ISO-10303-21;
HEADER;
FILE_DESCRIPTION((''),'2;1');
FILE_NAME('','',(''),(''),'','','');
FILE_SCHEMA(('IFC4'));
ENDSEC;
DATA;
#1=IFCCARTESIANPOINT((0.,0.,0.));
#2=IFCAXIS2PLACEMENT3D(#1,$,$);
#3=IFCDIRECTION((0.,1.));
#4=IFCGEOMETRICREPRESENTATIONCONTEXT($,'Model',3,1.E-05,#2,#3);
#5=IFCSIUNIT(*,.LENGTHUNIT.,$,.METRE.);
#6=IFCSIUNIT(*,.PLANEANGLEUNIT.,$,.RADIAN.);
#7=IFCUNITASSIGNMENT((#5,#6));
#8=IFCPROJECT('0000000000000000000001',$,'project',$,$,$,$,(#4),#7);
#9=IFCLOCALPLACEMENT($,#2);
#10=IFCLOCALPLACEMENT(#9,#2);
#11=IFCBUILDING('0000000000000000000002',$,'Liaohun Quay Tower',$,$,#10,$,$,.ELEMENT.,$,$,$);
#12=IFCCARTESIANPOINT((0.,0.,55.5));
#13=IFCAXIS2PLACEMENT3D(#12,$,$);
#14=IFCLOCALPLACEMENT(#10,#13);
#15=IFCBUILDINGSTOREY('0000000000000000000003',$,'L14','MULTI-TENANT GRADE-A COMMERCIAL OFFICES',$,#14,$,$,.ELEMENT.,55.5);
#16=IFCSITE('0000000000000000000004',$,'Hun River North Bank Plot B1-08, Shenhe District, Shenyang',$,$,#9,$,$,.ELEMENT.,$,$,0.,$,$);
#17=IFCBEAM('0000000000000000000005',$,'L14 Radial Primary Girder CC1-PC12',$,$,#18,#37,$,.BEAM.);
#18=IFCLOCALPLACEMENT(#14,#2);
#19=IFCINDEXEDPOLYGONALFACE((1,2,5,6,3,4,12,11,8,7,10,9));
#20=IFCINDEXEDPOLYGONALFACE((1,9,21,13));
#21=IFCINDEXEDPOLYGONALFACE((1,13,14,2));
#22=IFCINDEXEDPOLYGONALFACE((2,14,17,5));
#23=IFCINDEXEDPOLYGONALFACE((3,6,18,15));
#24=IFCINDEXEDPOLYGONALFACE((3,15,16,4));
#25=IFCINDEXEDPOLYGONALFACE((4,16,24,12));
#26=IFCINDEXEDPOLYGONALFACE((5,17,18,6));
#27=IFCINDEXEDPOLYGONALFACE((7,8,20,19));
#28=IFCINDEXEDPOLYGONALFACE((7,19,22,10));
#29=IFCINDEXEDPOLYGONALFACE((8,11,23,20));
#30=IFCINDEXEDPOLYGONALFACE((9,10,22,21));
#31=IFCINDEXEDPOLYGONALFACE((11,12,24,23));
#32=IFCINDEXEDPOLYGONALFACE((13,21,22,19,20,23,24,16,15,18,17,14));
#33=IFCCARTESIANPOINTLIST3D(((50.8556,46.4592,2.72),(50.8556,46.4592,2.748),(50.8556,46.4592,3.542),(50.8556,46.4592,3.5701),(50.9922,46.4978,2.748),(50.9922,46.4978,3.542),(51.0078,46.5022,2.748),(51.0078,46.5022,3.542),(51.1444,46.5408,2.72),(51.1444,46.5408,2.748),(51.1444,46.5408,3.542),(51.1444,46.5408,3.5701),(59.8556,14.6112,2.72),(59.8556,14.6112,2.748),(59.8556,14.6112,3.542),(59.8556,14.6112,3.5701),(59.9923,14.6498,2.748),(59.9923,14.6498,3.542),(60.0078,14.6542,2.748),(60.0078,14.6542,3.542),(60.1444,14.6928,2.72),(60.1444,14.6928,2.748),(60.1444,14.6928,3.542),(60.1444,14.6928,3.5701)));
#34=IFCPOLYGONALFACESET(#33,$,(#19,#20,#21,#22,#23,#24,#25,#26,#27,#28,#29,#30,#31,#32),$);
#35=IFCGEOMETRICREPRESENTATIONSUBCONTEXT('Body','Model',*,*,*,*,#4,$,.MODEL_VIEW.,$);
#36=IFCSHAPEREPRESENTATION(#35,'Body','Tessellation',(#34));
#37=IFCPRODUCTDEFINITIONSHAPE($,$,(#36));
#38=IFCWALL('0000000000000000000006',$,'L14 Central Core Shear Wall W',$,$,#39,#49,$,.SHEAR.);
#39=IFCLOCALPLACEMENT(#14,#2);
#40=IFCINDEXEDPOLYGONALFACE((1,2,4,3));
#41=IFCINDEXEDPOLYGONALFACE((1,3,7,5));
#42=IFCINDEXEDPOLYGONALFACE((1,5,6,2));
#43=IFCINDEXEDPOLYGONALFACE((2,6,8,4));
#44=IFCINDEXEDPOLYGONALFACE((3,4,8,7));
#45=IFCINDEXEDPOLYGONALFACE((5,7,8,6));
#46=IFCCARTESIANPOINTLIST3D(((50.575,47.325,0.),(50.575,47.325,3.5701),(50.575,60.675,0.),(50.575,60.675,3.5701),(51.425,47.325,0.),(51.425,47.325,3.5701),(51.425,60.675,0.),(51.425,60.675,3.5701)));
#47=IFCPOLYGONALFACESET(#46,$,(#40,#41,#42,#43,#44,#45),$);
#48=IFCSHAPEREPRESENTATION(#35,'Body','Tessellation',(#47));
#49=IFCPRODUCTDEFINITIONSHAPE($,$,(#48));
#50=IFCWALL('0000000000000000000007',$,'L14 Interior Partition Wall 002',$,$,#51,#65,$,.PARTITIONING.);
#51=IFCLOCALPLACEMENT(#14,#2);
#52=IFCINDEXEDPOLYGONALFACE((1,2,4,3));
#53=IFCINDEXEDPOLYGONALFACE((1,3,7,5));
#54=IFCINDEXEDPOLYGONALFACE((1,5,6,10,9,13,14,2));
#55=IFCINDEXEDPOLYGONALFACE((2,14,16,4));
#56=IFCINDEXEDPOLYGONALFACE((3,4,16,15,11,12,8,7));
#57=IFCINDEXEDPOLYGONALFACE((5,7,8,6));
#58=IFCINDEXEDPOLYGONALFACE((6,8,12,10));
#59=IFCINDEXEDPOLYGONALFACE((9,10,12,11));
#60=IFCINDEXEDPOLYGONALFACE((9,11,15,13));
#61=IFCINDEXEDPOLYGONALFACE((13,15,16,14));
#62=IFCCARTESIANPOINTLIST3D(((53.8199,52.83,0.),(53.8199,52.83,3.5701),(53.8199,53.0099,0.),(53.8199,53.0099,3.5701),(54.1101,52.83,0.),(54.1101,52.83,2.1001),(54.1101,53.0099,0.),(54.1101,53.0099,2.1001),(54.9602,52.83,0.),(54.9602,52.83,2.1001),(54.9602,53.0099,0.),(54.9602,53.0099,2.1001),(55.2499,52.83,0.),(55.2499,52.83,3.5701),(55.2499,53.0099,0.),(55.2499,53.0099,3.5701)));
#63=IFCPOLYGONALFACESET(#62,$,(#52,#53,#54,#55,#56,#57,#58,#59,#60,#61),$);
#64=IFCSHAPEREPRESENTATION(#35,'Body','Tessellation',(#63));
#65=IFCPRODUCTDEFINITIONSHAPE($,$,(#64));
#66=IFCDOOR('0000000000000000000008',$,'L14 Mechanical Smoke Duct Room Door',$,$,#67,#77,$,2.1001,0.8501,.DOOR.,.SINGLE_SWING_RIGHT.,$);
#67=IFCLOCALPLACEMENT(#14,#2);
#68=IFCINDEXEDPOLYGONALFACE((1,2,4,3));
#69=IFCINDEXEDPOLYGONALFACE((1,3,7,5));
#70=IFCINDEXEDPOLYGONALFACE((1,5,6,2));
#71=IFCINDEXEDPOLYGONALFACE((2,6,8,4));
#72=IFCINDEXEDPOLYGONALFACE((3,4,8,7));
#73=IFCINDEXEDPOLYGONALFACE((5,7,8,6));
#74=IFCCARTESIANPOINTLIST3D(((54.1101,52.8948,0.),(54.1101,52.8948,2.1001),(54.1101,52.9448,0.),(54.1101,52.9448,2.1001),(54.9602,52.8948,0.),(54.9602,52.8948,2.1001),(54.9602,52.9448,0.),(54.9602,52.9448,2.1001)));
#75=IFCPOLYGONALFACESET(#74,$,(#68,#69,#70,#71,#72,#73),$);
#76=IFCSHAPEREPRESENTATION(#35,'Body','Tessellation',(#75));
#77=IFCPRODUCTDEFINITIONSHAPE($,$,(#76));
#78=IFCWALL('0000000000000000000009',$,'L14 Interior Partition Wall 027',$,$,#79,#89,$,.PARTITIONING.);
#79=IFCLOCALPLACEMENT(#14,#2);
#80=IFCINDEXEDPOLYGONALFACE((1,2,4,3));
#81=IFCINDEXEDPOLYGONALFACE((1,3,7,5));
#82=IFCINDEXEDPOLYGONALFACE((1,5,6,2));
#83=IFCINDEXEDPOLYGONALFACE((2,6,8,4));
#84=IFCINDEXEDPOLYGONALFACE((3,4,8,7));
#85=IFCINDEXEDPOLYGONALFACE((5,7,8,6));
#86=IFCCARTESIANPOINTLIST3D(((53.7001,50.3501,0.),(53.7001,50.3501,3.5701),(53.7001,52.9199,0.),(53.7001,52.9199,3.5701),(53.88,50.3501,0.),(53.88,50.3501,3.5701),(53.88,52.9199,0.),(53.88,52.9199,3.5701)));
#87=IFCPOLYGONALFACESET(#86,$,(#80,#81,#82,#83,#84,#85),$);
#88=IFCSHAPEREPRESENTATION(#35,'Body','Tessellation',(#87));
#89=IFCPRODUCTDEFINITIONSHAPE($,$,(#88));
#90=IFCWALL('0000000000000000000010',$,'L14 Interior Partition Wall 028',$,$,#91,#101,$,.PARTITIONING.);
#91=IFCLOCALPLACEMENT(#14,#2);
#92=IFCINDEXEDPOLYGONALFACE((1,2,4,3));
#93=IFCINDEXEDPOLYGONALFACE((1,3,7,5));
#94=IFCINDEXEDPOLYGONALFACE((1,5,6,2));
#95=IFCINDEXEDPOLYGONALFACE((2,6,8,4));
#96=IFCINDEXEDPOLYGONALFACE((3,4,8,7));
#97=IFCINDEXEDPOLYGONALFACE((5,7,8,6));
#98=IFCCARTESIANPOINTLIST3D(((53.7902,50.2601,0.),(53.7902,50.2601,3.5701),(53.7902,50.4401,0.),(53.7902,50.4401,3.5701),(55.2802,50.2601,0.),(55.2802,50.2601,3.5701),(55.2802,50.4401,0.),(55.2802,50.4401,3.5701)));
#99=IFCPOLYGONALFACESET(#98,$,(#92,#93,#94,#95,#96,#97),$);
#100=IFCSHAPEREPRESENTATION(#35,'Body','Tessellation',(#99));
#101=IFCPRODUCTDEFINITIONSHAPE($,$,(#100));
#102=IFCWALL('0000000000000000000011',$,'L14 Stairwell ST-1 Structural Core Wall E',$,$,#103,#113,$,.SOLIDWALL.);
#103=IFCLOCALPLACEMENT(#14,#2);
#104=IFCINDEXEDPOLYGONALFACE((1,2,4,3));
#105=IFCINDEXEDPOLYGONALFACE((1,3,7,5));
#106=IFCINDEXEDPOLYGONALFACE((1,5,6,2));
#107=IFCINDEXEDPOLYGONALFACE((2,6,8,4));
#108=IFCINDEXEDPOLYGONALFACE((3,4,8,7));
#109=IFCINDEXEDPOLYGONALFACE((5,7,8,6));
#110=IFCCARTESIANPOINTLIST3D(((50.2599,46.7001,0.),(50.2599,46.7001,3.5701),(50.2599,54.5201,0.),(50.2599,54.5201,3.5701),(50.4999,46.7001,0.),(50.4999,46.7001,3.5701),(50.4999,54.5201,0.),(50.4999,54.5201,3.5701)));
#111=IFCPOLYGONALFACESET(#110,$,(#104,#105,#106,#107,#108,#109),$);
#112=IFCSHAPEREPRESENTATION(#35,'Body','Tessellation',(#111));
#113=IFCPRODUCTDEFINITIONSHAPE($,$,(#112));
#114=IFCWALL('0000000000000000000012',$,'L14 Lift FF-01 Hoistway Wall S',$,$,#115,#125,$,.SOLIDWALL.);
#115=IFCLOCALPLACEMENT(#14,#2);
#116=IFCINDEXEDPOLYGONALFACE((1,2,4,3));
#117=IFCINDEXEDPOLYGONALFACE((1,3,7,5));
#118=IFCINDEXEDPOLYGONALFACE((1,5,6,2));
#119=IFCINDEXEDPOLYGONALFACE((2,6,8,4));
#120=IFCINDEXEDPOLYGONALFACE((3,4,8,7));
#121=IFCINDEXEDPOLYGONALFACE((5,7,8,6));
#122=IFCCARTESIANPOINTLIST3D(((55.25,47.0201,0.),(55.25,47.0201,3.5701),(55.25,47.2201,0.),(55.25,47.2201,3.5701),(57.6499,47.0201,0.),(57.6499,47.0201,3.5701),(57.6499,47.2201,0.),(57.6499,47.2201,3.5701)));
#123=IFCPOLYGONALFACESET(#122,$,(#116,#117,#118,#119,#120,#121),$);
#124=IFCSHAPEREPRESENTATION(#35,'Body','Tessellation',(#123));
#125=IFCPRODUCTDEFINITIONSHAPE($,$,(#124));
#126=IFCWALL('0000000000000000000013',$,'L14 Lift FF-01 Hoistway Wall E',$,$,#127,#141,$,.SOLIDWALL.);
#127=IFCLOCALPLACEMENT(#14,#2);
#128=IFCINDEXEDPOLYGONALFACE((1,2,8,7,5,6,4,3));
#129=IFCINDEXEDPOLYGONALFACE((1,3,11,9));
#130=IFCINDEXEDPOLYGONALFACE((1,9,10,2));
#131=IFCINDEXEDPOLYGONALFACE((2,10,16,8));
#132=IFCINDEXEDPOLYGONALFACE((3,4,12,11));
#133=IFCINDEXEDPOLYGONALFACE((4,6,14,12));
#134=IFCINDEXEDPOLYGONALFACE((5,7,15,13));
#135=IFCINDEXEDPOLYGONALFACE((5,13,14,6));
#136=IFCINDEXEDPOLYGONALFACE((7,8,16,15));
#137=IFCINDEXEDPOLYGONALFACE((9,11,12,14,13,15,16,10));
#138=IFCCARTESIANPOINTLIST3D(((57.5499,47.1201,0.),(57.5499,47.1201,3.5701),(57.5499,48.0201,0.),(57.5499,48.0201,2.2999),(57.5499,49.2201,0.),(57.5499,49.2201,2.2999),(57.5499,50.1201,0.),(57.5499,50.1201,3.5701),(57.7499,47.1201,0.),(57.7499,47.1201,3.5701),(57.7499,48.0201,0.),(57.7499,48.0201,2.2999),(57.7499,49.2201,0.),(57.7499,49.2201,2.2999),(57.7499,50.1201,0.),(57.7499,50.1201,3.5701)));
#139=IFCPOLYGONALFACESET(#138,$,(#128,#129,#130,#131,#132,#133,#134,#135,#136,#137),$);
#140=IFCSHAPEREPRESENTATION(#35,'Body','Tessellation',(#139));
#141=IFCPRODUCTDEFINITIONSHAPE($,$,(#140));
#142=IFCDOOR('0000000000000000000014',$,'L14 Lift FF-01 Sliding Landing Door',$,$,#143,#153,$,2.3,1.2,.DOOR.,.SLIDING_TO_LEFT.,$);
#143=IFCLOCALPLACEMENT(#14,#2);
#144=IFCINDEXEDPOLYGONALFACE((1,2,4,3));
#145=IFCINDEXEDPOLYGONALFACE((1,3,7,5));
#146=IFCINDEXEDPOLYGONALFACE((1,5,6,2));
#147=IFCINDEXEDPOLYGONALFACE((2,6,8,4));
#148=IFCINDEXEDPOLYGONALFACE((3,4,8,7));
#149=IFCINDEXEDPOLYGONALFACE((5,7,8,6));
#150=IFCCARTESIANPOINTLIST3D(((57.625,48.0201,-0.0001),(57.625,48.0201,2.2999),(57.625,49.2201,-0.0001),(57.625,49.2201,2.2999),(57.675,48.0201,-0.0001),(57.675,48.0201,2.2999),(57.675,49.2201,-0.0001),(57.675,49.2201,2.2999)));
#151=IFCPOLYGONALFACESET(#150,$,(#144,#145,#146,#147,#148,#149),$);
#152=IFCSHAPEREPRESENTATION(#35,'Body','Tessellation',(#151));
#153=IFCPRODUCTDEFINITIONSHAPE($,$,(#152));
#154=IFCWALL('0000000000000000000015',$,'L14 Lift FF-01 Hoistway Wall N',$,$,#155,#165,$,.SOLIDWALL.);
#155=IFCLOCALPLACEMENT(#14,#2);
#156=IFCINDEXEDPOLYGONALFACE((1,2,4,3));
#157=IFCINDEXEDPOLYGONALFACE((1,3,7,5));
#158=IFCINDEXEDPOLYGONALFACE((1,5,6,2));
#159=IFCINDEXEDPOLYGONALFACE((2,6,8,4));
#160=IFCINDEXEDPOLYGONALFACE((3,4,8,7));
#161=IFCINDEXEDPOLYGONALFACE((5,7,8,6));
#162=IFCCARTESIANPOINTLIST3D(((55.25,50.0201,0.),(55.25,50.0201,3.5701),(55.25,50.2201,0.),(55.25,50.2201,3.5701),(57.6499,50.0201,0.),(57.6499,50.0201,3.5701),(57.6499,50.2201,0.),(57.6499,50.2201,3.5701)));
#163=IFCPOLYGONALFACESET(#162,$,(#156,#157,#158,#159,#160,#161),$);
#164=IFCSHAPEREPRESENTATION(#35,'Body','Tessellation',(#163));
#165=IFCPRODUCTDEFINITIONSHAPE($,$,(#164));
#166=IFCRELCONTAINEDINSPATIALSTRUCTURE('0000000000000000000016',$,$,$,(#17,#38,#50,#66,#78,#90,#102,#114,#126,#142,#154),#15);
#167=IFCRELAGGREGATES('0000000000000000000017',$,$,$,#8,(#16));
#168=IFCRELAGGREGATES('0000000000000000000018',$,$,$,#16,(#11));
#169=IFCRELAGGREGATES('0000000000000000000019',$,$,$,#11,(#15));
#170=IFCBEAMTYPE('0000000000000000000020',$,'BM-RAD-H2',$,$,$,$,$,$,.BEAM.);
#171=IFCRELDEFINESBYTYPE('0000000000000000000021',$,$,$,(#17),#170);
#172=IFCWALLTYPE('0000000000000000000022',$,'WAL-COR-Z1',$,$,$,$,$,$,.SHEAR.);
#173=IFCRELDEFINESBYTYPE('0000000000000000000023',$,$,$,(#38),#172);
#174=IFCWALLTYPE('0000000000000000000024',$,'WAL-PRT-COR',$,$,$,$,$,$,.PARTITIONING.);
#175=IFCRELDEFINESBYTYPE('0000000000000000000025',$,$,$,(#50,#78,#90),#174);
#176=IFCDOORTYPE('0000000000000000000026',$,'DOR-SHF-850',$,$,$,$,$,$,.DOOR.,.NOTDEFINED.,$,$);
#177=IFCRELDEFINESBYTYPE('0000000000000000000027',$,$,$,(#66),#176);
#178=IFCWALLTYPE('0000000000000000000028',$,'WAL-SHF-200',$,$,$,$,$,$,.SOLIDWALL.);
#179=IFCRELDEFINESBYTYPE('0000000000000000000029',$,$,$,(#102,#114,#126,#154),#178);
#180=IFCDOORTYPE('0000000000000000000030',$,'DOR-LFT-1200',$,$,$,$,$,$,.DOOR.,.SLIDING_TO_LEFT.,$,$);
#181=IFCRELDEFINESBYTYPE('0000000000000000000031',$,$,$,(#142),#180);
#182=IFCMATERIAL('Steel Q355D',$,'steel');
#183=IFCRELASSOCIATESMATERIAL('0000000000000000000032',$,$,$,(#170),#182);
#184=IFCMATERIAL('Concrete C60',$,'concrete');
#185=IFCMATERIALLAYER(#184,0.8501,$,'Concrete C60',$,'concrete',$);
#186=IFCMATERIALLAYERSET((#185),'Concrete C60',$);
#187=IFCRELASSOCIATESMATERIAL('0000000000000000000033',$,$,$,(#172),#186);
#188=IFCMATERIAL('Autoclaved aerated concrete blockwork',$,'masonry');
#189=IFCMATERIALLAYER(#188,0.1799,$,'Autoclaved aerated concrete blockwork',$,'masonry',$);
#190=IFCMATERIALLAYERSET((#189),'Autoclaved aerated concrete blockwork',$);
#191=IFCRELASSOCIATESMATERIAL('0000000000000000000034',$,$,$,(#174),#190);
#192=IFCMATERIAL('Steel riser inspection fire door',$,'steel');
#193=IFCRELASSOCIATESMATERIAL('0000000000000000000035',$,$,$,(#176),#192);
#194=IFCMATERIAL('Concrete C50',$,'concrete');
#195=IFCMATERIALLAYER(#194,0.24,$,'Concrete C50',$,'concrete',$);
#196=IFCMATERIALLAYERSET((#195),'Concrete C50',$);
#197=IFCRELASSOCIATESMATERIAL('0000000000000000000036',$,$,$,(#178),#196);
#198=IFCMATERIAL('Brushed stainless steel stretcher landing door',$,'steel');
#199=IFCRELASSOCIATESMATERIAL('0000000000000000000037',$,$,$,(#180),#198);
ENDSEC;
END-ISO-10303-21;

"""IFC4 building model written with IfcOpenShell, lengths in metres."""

from ifc_helpers import new_model, si_unit, direction, frame, frame_2d, origin, origin_2d, place, context, subcontext, project, spatial, rectangle, i_section, extrude, source, transform, mapped, material, layer, layer_set, material_profile, profile_set, type_object, element, fill, save


model = new_model("IFC4")

# Units and contexts
model_context = context("Model", 3, precision=1e-05, world=origin(), true_north=direction((0.0, 1.0)))
body_context = subcontext(model_context, "Body", "Model", "MODEL_VIEW")
ifc_project = project(units=[si_unit("LENGTHUNIT", "METRE"), si_unit("PLANEANGLEUNIT", "RADIAN")], contexts=[model_context])

# Site, building, storey
site_placement = place(None, origin())
site = spatial("IfcSite", under=ifc_project, at=site_placement, Name="Hun River North Bank Plot B1-08, Shenhe District, Shenyang", CompositionType="ELEMENT", RefElevation=0.0)
building_placement = place(site_placement, origin())
building = spatial("IfcBuilding", under=site, at=building_placement, Name="Liaohun Quay Tower", CompositionType="ELEMENT")
storey_placement = place(building_placement, frame((0.0, 0.0, 55.5)))
storey = spatial("IfcBuildingStorey", under=building, at=storey_placement, Name="L14", Description="MULTI-TENANT GRADE-A COMMERCIAL OFFICES", CompositionType="ELEMENT", Elevation=55.5)

# Beam
ifc_material_1 = material(Name="Steel Q355D", Category="steel")
ifc_material_profile = material_profile(ifc_material_1, i_section(OverallWidth=0.3, OverallDepth=0.8501, WebThickness=0.0161, FlangeThickness=0.0281, at=origin_2d()), Name="HN850x300x16x28")
ifc_profile_set = profile_set([ifc_material_profile], Name="Steel Q355D")
beam_type = type_object("IfcBeamType", Name="BM-RAD-H2", PredefinedType="BEAM", material=ifc_profile_set)
shared_shape_1 = source(origin(), body_context, "Body", "SweptSolid", [
    extrude(i_section(OverallWidth=0.3, OverallDepth=0.8501, WebThickness=0.0161, FlangeThickness=0.0281, at=origin_2d()), origin(), (0.0, 0.0, 1.0), 33.0952),
])
beam_placement = place(storey_placement, frame((51.0, 46.5, 3.145), z_axis=(0.271943, -0.962313, 0.0), x_axis=(0.962313, 0.271943, 0.0)))
element("IfcBeam", 1, at=beam_placement, inside=storey, type_object=beam_type, Name="L14 Radial Primary Girder CC1-PC12", PredefinedType="BEAM", context=body_context, shape_type="MappedRepresentation", body=[
    mapped(shared_shape_1, transform((0.0, 0.0, 0.0), x_axis=(1.0, 0.0, 0.0), y_axis=(0.0, 1.0, 0.0), z_axis=(0.0, 0.0, 1.0), scale=1.0)),
])

# Wall
ifc_material_2 = material(Name="Concrete C60", Category="concrete")
ifc_layer_1 = layer(ifc_material_2, 0.8501, Name="Concrete C60", Category="concrete")
ifc_layer_set_1 = layer_set([ifc_layer_1], Name="Concrete C60")
wall_type_1 = type_object("IfcWallType", Name="WAL-COR-Z1", PredefinedType="SHEAR", material=ifc_layer_set_1)
wall_1_placement = place(storey_placement, frame((51.0, 47.325, 0.0), z_axis=(0.0, 0.0, 1.0), x_axis=(0.0, 1.0, 0.0)))
element("IfcWall", 2, at=wall_1_placement, inside=storey, type_object=wall_type_1, Name="L14 Central Core Shear Wall W", PredefinedType="SHEAR", context=body_context, shape_type="SweptSolid", body=[
    extrude(rectangle(XDim=13.3501, YDim=0.8501, at=frame_2d((6.675, 0.0))), origin(), (0.0, 0.0, 1.0), 3.5701),
])

# Wall, opening, door
ifc_material_3 = material(Name="Autoclaved aerated concrete blockwork", Category="masonry")
ifc_layer_2 = layer(ifc_material_3, 0.1799, Name="Autoclaved aerated concrete blockwork", Category="masonry")
ifc_layer_set_2 = layer_set([ifc_layer_2], Name="Autoclaved aerated concrete blockwork")
wall_type_2 = type_object("IfcWallType", Name="WAL-PRT-COR", PredefinedType="PARTITIONING", material=ifc_layer_set_2)
wall_2_placement = place(storey_placement, frame((53.8201, 52.9199, 0.0), z_axis=(0.0, 0.0, 1.0), x_axis=(1.0, 0.0, 0.0)))
wall_2 = element("IfcWall", 3, at=wall_2_placement, inside=storey, type_object=wall_type_2, Name="L14 Interior Partition Wall 002", PredefinedType="PARTITIONING", context=body_context, shape_type="SweptSolid", body=[
    extrude(rectangle(XDim=1.4299, YDim=0.1799, at=frame_2d((0.7148, 0.0))), origin(), (0.0, 0.0, 1.0), 3.5701),
])
shared_shape_2 = source(origin(), body_context, "Body", "SweptSolid", [
    extrude(rectangle(XDim=0.8501, YDim=2.1001, at=frame_2d((0.425, 1.05))), frame((0.0, 0.0999, 0.0), z_axis=(0.0, -1.0, 0.0), x_axis=(1.0, 0.0, 0.0)), (0.0, 0.0, 1.0), 0.2),
])
opening_1_placement = place(wall_2_placement, frame((0.29, 0.0, 0.0)))
opening_1 = element("IfcOpeningElement", 4, at=opening_1_placement, cuts=wall_2, PredefinedType="OPENING", context=body_context, shape_type="MappedRepresentation", body=[
    mapped(shared_shape_2, transform((0.0, 0.0, 0.0), x_axis=(1.0, 0.0, 0.0), y_axis=(0.0, 1.0, 0.0), z_axis=(0.0, 0.0, 1.0), scale=1.0)),
])
ifc_material_4 = material(Name="Steel riser inspection fire door", Category="steel")
door_type_1 = type_object("IfcDoorType", Name="DOR-SHF-850", OperationType="NOTDEFINED", PredefinedType="DOOR", material=ifc_material_4)
shared_shape_3 = source(origin(), body_context, "Body", "SweptSolid", [
    extrude(rectangle(XDim=0.8501, YDim=2.1001, at=frame_2d((0.425, 1.05))), frame((0.0, 0.0249, 0.0), z_axis=(0.0, -1.0, 0.0), x_axis=(1.0, 0.0, 0.0)), (0.0, 0.0, 1.0), 0.05),
])
door_1_placement = place(opening_1_placement, origin())
door_1 = element("IfcDoor", 5, at=door_1_placement, inside=storey, type_object=door_type_1, Name="L14 Mechanical Smoke Duct Room Door", OperationType="SINGLE_SWING_RIGHT", OverallHeight=2.1001, OverallWidth=0.8501, PredefinedType="DOOR", context=body_context, shape_type="MappedRepresentation", body=[
    mapped(shared_shape_3, transform((0.0, 0.0, 0.0), x_axis=(1.0, 0.0, 0.0), y_axis=(0.0, 1.0, 0.0), z_axis=(0.0, 0.0, 1.0), scale=1.0)),
])
fill(opening_1, door_1)

# Walls
wall_3_placement = place(storey_placement, frame((53.79, 50.3501, 0.0), z_axis=(0.0, 0.0, 1.0), x_axis=(0.0, 1.0, 0.0)))
element("IfcWall", 6, at=wall_3_placement, inside=storey, type_object=wall_type_2, Name="L14 Interior Partition Wall 027", PredefinedType="PARTITIONING", context=body_context, shape_type="SweptSolid", body=[
    extrude(rectangle(XDim=2.5698, YDim=0.1799, at=frame_2d((1.2849, 0.0))), origin(), (0.0, 0.0, 1.0), 3.5701),
])
wall_4_placement = place(storey_placement, frame((53.79, 50.3501, 0.0), z_axis=(0.0, 0.0, 1.0), x_axis=(1.0, 0.0, 0.0)))
element("IfcWall", 7, at=wall_4_placement, inside=storey, type_object=wall_type_2, Name="L14 Interior Partition Wall 028", PredefinedType="PARTITIONING", context=body_context, shape_type="SweptSolid", body=[
    extrude(rectangle(XDim=1.49, YDim=0.1799, at=frame_2d((0.7451, 0.0))), origin(), (0.0, 0.0, 1.0), 3.5701),
])
ifc_material_5 = material(Name="Concrete C50", Category="concrete")
ifc_layer_3 = layer(ifc_material_5, 0.24, Name="Concrete C50", Category="concrete")
ifc_layer_set_3 = layer_set([ifc_layer_3], Name="Concrete C50")
wall_type_3 = type_object("IfcWallType", Name="WAL-SHF-200", PredefinedType="SOLIDWALL", material=ifc_layer_set_3)
wall_5_placement = place(storey_placement, frame((50.3799, 46.7, 0.0), z_axis=(0.0, 0.0, 1.0), x_axis=(0.0, 1.0, 0.0)))
element("IfcWall", 8, at=wall_5_placement, inside=storey, type_object=wall_type_3, Name="L14 Stairwell ST-1 Structural Core Wall E", PredefinedType="SOLIDWALL", context=body_context, shape_type="SweptSolid", body=[
    extrude(rectangle(XDim=7.8201, YDim=0.24, at=frame_2d((3.9102, 0.0))), origin(), (0.0, 0.0, 1.0), 3.5701),
])
wall_6_placement = place(storey_placement, frame((55.25, 47.1201, 0.0), z_axis=(0.0, 0.0, 1.0), x_axis=(1.0, 0.0, 0.0)))
element("IfcWall", 9, at=wall_6_placement, inside=storey, type_object=wall_type_3, Name="L14 Lift FF-01 Hoistway Wall S", PredefinedType="SOLIDWALL", context=body_context, shape_type="SweptSolid", body=[
    extrude(rectangle(XDim=2.3999, YDim=0.2, at=frame_2d((1.2, 0.0))), origin(), (0.0, 0.0, 1.0), 3.5701),
])

# Wall, opening, door
wall_7_placement = place(storey_placement, frame((57.6499, 47.1201, 0.0), z_axis=(0.0, 0.0, 1.0), x_axis=(0.0, 1.0, 0.0)))
wall_7 = element("IfcWall", 10, at=wall_7_placement, inside=storey, type_object=wall_type_3, Name="L14 Lift FF-01 Hoistway Wall E", PredefinedType="SOLIDWALL", context=body_context, shape_type="SweptSolid", body=[
    extrude(rectangle(XDim=3.0, YDim=0.2, at=frame_2d((1.5, 0.0))), origin(), (0.0, 0.0, 1.0), 3.5701),
])
shared_shape_4 = source(origin(), body_context, "Body", "SweptSolid", [
    extrude(rectangle(XDim=1.2, YDim=2.3, at=frame_2d((0.6001, 1.1499))), frame((0.0, 0.1099, 0.0), z_axis=(0.0, -1.0, 0.0), x_axis=(1.0, 0.0, 0.0)), (0.0, 0.0, 1.0), 0.22),
])
opening_2_placement = place(wall_7_placement, frame((0.8999, 0.0, 0.0)))
opening_2 = element("IfcOpeningElement", 11, at=opening_2_placement, cuts=wall_7, PredefinedType="OPENING", context=body_context, shape_type="MappedRepresentation", body=[
    mapped(shared_shape_4, transform((0.0, 0.0, 0.0), x_axis=(1.0, 0.0, 0.0), y_axis=(0.0, 1.0, 0.0), z_axis=(0.0, 0.0, 1.0), scale=1.0)),
])
ifc_material_6 = material(Name="Brushed stainless steel stretcher landing door", Category="steel")
door_type_2 = type_object("IfcDoorType", Name="DOR-LFT-1200", OperationType="SLIDING_TO_LEFT", PredefinedType="DOOR", material=ifc_material_6)
shared_shape_5 = source(origin(), body_context, "Body", "SweptSolid", [
    extrude(rectangle(XDim=1.2, YDim=2.3, at=frame_2d((0.6001, 1.1499))), frame((0.0, 0.0249, 0.0), z_axis=(0.0, -1.0, 0.0), x_axis=(1.0, 0.0, 0.0)), (0.0, 0.0, 1.0), 0.05),
])
door_2_placement = place(opening_2_placement, origin())
door_2 = element("IfcDoor", 12, at=door_2_placement, inside=storey, type_object=door_type_2, Name="L14 Lift FF-01 Sliding Landing Door", OperationType="SLIDING_TO_LEFT", OverallHeight=2.3, OverallWidth=1.2, PredefinedType="DOOR", context=body_context, shape_type="MappedRepresentation", body=[
    mapped(shared_shape_5, transform((0.0, 0.0, 0.0), x_axis=(1.0, 0.0, 0.0), y_axis=(0.0, 1.0, 0.0), z_axis=(0.0, 0.0, 1.0), scale=1.0)),
])
fill(opening_2, door_2)

# Wall
wall_8_placement = place(storey_placement, frame((57.6499, 50.1201, 0.0), z_axis=(0.0, 0.0, 1.0), x_axis=(-1.0, 0.0, 0.0)))
element("IfcWall", 13, at=wall_8_placement, inside=storey, type_object=wall_type_3, Name="L14 Lift FF-01 Hoistway Wall N", PredefinedType="SOLIDWALL", context=body_context, shape_type="SweptSolid", body=[
    extrude(rectangle(XDim=2.3999, YDim=0.2, at=frame_2d((1.2, 0.0))), origin(), (0.0, 0.0, 1.0), 3.5701),
])

save(model, "model.ifc")
